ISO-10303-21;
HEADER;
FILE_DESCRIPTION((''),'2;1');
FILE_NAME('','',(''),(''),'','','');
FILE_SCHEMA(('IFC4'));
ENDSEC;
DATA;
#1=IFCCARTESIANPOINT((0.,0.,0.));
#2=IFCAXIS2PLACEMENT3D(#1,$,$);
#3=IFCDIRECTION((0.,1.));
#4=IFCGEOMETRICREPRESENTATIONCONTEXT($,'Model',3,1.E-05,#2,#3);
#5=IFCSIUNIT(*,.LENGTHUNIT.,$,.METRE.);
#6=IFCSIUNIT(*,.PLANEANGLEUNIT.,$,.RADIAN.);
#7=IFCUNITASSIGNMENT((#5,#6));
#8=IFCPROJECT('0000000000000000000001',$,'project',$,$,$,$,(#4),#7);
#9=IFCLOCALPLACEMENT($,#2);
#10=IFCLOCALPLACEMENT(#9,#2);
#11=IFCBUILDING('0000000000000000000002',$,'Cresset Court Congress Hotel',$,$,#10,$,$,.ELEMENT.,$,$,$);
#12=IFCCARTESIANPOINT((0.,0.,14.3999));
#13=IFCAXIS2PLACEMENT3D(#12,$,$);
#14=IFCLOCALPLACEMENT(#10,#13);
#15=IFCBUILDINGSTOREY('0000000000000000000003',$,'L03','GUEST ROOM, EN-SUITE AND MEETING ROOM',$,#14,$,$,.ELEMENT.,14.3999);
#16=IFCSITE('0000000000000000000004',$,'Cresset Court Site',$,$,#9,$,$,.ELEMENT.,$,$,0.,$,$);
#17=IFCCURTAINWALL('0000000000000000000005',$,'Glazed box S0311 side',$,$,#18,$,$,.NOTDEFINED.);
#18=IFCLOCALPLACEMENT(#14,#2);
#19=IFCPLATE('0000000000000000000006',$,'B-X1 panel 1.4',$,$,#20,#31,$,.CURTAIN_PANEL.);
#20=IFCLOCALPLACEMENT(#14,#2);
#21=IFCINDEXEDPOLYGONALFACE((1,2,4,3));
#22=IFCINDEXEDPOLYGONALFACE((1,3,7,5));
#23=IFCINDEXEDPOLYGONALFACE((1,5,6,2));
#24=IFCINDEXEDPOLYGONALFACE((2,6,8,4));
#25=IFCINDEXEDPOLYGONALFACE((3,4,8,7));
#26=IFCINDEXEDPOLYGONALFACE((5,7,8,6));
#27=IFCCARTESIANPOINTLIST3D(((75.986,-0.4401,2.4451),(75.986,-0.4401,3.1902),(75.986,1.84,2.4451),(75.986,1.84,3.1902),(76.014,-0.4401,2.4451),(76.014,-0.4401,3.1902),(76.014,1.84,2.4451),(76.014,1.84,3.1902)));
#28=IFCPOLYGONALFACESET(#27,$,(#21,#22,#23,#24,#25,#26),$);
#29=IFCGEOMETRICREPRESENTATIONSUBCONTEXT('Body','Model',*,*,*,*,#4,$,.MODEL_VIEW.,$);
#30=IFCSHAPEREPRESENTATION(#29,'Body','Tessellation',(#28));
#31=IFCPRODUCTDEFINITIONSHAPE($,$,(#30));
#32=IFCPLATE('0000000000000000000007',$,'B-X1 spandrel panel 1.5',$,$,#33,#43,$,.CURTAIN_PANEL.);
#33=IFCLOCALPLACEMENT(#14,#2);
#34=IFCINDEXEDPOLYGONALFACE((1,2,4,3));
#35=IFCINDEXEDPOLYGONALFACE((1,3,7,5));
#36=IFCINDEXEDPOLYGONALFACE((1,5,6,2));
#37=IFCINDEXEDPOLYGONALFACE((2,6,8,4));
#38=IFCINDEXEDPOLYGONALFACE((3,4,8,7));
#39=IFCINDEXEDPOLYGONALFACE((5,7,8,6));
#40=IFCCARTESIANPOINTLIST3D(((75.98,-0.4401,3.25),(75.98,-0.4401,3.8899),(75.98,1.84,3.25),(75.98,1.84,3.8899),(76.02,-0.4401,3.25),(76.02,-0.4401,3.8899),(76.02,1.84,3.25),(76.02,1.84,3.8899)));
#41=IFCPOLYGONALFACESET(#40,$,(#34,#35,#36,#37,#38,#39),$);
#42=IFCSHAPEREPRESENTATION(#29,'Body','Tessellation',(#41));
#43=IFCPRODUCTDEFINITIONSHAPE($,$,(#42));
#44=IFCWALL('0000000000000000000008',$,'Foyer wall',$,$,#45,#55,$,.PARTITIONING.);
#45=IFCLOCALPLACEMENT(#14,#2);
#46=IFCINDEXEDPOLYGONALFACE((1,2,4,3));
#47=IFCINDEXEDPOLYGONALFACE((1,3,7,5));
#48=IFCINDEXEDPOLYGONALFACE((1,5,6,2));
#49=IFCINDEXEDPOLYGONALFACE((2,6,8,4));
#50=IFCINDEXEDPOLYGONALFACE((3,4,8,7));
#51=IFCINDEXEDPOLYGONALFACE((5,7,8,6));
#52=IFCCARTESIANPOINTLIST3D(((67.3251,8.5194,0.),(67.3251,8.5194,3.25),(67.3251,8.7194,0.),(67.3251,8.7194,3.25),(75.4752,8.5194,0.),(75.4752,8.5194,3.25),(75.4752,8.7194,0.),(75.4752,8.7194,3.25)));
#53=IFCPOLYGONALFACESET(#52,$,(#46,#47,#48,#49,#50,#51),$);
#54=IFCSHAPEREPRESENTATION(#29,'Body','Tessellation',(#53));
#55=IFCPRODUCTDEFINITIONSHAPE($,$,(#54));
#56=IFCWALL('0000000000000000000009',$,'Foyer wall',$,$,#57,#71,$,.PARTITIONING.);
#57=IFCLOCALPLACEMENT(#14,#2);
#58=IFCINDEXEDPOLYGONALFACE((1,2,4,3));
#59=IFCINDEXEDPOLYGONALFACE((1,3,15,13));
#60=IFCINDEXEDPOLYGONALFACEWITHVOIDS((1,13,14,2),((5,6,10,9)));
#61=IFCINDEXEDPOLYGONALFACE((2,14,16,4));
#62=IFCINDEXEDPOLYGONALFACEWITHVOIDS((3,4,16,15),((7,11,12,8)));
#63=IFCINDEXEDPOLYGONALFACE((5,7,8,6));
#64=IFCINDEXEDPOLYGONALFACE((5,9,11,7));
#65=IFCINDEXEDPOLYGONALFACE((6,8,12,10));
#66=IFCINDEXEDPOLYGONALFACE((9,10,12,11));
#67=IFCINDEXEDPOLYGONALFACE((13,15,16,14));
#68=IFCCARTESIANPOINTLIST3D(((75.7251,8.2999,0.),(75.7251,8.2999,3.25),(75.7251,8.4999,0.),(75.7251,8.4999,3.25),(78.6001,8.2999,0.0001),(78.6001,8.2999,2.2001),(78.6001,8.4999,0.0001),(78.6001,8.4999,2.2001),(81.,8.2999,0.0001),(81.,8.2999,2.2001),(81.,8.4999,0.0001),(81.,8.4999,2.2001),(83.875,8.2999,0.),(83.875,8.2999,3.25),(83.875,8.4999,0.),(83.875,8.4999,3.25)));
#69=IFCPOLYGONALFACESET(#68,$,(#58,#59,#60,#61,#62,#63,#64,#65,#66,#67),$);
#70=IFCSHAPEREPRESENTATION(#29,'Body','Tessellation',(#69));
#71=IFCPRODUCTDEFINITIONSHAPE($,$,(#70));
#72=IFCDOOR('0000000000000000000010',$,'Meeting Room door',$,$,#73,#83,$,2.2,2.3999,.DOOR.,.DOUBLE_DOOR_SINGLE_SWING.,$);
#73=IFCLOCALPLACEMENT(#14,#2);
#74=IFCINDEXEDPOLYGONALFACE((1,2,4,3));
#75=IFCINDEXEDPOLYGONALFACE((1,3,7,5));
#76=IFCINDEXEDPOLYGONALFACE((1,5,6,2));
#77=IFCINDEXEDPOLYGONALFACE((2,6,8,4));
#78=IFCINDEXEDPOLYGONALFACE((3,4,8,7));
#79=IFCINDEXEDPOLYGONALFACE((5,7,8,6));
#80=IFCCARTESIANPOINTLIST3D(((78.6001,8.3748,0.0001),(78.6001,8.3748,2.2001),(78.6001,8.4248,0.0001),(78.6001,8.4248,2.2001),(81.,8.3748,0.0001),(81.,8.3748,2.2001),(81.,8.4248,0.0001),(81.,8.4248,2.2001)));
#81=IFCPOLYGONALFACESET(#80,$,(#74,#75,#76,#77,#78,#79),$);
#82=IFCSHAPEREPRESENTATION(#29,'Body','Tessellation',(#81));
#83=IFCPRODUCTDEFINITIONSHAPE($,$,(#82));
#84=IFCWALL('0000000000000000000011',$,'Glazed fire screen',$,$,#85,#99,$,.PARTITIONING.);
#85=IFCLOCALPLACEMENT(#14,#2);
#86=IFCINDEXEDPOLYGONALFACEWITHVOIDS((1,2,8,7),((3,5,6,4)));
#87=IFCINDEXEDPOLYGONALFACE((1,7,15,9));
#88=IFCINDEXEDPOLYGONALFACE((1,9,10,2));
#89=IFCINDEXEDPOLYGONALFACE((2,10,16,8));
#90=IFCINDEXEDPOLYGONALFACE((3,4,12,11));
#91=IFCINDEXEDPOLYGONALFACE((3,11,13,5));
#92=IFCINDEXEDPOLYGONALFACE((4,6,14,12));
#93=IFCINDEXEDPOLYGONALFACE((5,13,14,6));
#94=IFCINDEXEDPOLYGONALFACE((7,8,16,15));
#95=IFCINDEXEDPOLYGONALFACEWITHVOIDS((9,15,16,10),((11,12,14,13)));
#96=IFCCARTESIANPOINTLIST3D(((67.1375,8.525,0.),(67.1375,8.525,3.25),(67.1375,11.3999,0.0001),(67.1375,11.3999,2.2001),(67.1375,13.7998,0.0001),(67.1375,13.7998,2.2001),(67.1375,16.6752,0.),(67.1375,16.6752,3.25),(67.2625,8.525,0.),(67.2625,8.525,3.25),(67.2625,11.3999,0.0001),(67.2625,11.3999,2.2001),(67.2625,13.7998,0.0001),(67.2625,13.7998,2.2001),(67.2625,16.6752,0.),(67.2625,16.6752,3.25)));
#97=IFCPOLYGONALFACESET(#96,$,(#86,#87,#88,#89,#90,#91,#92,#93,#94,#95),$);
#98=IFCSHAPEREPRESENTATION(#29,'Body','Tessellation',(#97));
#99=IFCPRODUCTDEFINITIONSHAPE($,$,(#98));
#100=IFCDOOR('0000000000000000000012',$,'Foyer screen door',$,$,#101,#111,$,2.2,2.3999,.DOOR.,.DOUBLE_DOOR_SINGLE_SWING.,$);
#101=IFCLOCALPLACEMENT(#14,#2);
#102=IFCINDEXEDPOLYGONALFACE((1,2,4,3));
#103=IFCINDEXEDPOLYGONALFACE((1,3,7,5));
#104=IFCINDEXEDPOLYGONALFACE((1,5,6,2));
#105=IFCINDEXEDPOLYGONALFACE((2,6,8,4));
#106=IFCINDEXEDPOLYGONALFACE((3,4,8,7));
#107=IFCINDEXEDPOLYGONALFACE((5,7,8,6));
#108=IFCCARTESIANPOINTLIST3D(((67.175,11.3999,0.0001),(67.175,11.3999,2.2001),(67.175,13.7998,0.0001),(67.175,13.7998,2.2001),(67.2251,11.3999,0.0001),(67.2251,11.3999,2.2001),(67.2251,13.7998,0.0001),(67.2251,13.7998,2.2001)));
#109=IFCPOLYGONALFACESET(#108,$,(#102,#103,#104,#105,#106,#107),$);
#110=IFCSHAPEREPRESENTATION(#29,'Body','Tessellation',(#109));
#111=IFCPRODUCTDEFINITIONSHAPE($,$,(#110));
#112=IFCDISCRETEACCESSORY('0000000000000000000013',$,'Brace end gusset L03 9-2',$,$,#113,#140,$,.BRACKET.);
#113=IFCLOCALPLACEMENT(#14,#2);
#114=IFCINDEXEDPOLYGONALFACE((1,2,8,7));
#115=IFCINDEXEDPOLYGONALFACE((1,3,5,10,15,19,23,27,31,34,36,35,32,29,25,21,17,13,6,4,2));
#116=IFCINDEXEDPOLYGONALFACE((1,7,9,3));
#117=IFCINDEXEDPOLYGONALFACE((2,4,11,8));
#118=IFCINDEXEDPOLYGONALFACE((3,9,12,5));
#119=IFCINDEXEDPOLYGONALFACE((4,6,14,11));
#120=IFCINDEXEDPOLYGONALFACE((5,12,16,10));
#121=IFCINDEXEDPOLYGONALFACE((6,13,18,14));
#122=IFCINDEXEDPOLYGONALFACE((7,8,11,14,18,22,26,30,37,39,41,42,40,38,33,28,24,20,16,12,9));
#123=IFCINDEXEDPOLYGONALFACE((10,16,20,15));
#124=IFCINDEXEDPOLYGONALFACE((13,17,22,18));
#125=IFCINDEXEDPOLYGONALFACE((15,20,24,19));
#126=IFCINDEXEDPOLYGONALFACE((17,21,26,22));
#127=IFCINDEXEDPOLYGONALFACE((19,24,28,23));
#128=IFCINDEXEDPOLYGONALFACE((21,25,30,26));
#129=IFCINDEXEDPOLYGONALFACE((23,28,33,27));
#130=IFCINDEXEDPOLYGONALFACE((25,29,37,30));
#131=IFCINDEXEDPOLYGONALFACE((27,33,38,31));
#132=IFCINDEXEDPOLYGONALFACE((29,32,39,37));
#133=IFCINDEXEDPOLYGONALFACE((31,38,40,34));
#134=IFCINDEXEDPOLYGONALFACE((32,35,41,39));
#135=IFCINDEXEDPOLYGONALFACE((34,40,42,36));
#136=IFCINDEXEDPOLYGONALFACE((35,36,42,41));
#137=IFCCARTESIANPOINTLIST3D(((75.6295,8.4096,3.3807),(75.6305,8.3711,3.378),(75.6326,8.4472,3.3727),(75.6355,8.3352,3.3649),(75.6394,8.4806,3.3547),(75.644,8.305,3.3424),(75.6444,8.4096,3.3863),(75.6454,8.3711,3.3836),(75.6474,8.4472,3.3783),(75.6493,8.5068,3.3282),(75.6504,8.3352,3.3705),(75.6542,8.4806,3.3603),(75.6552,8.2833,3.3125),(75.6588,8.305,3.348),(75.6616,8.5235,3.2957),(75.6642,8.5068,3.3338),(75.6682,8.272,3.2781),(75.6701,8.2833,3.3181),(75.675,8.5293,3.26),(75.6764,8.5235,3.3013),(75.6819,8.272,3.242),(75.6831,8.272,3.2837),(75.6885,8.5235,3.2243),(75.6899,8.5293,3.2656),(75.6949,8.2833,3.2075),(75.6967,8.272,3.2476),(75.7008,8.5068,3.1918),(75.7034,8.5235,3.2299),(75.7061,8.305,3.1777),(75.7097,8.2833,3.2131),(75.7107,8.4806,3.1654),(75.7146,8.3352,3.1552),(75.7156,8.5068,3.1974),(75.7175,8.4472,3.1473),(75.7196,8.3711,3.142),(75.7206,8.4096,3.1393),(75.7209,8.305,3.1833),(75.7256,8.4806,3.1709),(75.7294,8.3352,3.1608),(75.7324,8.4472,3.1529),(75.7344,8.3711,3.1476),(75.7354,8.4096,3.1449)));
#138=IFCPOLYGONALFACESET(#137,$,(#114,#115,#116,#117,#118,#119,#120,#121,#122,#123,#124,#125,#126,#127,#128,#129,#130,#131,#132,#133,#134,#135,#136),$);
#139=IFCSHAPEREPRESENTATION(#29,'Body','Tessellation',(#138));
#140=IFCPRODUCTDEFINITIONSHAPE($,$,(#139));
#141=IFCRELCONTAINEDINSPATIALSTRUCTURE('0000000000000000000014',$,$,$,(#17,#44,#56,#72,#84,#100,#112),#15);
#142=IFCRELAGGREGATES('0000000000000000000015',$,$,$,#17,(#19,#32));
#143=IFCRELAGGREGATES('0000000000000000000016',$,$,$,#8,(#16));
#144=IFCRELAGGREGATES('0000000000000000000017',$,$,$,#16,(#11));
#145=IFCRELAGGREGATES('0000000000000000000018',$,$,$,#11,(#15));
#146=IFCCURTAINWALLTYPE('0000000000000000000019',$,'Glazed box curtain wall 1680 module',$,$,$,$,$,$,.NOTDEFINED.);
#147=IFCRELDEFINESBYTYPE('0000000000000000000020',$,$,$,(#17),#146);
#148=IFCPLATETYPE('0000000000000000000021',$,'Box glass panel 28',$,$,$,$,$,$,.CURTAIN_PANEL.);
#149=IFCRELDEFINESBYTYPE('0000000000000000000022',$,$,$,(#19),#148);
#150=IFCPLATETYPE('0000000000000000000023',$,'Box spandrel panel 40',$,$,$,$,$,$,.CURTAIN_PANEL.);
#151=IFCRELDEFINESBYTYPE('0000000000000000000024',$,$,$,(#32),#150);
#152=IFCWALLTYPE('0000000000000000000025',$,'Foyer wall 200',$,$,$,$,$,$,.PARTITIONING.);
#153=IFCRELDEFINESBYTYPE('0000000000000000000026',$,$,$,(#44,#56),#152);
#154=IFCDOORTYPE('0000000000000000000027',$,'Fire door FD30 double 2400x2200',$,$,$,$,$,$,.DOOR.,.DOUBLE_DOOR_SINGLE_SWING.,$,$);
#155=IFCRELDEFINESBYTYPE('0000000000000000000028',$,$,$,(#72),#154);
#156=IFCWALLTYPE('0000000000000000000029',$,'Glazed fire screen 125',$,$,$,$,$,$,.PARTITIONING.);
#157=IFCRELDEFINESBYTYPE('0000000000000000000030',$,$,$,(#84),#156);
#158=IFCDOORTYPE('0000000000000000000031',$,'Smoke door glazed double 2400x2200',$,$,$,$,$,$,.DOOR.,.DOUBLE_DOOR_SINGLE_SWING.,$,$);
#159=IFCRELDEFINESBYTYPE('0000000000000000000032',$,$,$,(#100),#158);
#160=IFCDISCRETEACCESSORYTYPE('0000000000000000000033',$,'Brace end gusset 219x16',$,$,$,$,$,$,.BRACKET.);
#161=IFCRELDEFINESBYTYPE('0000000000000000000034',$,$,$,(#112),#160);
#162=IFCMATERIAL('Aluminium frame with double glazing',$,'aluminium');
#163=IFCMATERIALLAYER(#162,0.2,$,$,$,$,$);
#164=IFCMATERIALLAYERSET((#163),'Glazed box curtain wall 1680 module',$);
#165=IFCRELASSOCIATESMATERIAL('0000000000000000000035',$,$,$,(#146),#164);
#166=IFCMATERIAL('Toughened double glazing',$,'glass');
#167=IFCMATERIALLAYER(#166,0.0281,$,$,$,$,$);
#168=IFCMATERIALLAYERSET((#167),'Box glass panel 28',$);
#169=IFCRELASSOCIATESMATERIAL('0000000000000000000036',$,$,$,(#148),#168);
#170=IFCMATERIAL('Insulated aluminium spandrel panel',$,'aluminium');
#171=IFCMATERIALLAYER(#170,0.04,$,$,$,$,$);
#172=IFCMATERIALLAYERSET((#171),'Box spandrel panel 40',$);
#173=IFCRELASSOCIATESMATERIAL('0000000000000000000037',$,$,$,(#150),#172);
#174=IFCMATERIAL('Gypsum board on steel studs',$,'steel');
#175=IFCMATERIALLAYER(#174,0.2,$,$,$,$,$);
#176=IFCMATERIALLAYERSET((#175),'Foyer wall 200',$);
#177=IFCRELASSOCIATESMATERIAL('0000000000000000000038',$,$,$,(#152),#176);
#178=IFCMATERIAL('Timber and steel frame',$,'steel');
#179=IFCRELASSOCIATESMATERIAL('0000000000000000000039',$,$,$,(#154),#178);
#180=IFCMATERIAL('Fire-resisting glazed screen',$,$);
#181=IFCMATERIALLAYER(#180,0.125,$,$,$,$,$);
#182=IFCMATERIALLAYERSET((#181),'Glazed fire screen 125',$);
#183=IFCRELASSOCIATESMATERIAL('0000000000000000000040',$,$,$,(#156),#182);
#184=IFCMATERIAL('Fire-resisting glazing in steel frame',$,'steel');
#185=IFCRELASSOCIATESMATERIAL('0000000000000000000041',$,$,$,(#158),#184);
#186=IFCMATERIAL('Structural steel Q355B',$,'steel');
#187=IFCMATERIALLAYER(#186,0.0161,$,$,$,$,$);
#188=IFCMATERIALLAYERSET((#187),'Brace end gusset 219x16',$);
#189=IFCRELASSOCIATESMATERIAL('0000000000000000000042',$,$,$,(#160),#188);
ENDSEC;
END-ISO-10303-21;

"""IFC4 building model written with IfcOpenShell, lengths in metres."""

from ifc_helpers import new_model, si_unit, direction, frame, frame_2d, origin, origin_2d, place, context, subcontext, project, spatial, rectangle, circle, extrude, material, layer, layer_set, type_object, element, fill, aggregate, save


model = new_model("IFC4")

# Units and contexts
model_context = context("Model", 3, precision=1e-05, world=origin(), true_north=direction((0.0, 1.0)))
body_context = subcontext(model_context, "Body", "Model", "MODEL_VIEW")
ifc_project = project(units=[si_unit("LENGTHUNIT", "METRE"), si_unit("PLANEANGLEUNIT", "RADIAN")], contexts=[model_context])

# Site, building, storey
site_placement = place(None, origin())
site = spatial("IfcSite", under=ifc_project, at=site_placement, Name="Cresset Court Site", CompositionType="ELEMENT", RefElevation=0.0)
building_placement = place(site_placement, origin())
building = spatial("IfcBuilding", under=site, at=building_placement, Name="Cresset Court Congress Hotel", CompositionType="ELEMENT")
storey_placement = place(building_placement, frame((0.0, 0.0, 14.3999)))
storey = spatial("IfcBuildingStorey", under=building, at=storey_placement, Name="L03", Description="GUEST ROOM, EN-SUITE AND MEETING ROOM", CompositionType="ELEMENT", Elevation=14.3999)

# Curtain wall
ifc_material_1 = material(Name="Aluminium frame with double glazing", Category="aluminium")
ifc_layer_1 = layer(ifc_material_1, 0.2)
ifc_layer_set_1 = layer_set([ifc_layer_1], Name="Glazed box curtain wall 1680 module")
curtain_wall_type = type_object("IfcCurtainWallType", Name="Glazed box curtain wall 1680 module", PredefinedType="NOTDEFINED", material=ifc_layer_set_1)
curtain_wall_1_placement = place(storey_placement, origin())
curtain_wall_1 = element("IfcCurtainWall", 1, at=curtain_wall_1_placement, inside=storey, type_object=curtain_wall_type, Name="Glazed box S0311 side", PredefinedType="NOTDEFINED")

# Plates
ifc_material_2 = material(Name="Toughened double glazing", Category="glass")
ifc_layer_2 = layer(ifc_material_2, 0.0281)
ifc_layer_set_2 = layer_set([ifc_layer_2], Name="Box glass panel 28")
plate_type_1 = type_object("IfcPlateType", Name="Box glass panel 28", PredefinedType="CURTAIN_PANEL", material=ifc_layer_set_2)
plate_1_placement = place(storey_placement, frame((76.0, 0.7, 2.4451), z_axis=(0.0, 0.0, 1.0), x_axis=(0.0, 1.0, 0.0)))
plate_1 = element("IfcPlate", 2, at=plate_1_placement, type_object=plate_type_1, Name="B-X1 panel 1.4", PredefinedType="CURTAIN_PANEL", context=body_context, shape_type="SweptSolid", body=[
    extrude(rectangle(XDim=2.28, YDim=0.0281, at=origin_2d()), origin(), (0.0, 0.0, 1.0), 0.7451),
])
ifc_material_3 = material(Name="Insulated aluminium spandrel panel", Category="aluminium")
ifc_layer_3 = layer(ifc_material_3, 0.04)
ifc_layer_set_3 = layer_set([ifc_layer_3], Name="Box spandrel panel 40")
plate_type_2 = type_object("IfcPlateType", Name="Box spandrel panel 40", PredefinedType="CURTAIN_PANEL", material=ifc_layer_set_3)
plate_2_placement = place(storey_placement, frame((76.0, 0.7, 3.25), z_axis=(0.0, 0.0, 1.0), x_axis=(0.0, 1.0, 0.0)))
plate_2 = element("IfcPlate", 3, at=plate_2_placement, type_object=plate_type_2, Name="B-X1 spandrel panel 1.5", PredefinedType="CURTAIN_PANEL", context=body_context, shape_type="SweptSolid", body=[
    extrude(rectangle(XDim=2.28, YDim=0.04, at=origin_2d()), origin(), (0.0, 0.0, 1.0), 0.6399),
])
aggregate(curtain_wall_1, [plate_1, plate_2])

# Wall
ifc_material_4 = material(Name="Gypsum board on steel studs", Category="steel")
ifc_layer_4 = layer(ifc_material_4, 0.2)
ifc_layer_set_4 = layer_set([ifc_layer_4], Name="Foyer wall 200")
wall_type_1 = type_object("IfcWallType", Name="Foyer wall 200", PredefinedType="PARTITIONING", material=ifc_layer_set_4)
wall_1_placement = place(storey_placement, frame((67.325, 8.6194, 0.0), z_axis=(0.0, 0.0, 1.0), x_axis=(1.0, 0.0, 0.0)))
element("IfcWall", 4, at=wall_1_placement, inside=storey, type_object=wall_type_1, Name="Foyer wall", PredefinedType="PARTITIONING", context=body_context, shape_type="SweptSolid", body=[
    extrude(rectangle(XDim=8.1501, YDim=0.2, at=frame_2d((4.0752, 0.0))), origin(), (0.0, 0.0, 1.0), 3.25),
])

# Walls, openings, doors
wall_2_placement = place(storey_placement, frame((75.7251, 8.3999, 0.0), z_axis=(0.0, 0.0, 1.0), x_axis=(1.0, 0.0, 0.0)))
wall_2 = element("IfcWall", 5, at=wall_2_placement, inside=storey, type_object=wall_type_1, Name="Foyer wall", PredefinedType="PARTITIONING", context=body_context, shape_type="SweptSolid", body=[
    extrude(rectangle(XDim=8.1499, YDim=0.2, at=frame_2d((4.075, 0.0))), origin(), (0.0, 0.0, 1.0), 3.25),
])
opening_1_placement = place(wall_2_placement, frame((2.875, 0.0, 0.0)))
opening_1 = element("IfcOpeningElement", 6, at=opening_1_placement, cuts=wall_2, PredefinedType="OPENING", context=body_context, shape_type="SweptSolid", body=[
    extrude(rectangle(XDim=2.3999, YDim=2.2, at=frame_2d((1.2, 1.1001))), frame((0.0, 0.1099, 0.0), z_axis=(0.0, -1.0, 0.0), x_axis=(1.0, 0.0, 0.0)), (0.0, 0.0, 1.0), 0.22),
])
ifc_material_5 = material(Name="Timber and steel frame", Category="steel")
door_type_1 = type_object("IfcDoorType", Name="Fire door FD30 double 2400x2200", OperationType="DOUBLE_DOOR_SINGLE_SWING", PredefinedType="DOOR", material=ifc_material_5)
door_1_placement = place(opening_1_placement, origin())
door_1 = element("IfcDoor", 7, at=door_1_placement, inside=storey, type_object=door_type_1, Name="Meeting Room door", OperationType="DOUBLE_DOOR_SINGLE_SWING", OverallHeight=2.2, OverallWidth=2.3999, PredefinedType="DOOR", context=body_context, shape_type="SweptSolid", body=[
    extrude(rectangle(XDim=2.3999, YDim=2.2, at=frame_2d((1.2, 1.1001))), frame((0.0, 0.0249, 0.0), z_axis=(0.0, -1.0, 0.0), x_axis=(1.0, 0.0, 0.0)), (0.0, 0.0, 1.0), 0.05),
])
fill(opening_1, door_1)
ifc_material_6 = material(Name="Fire-resisting glazed screen")
ifc_layer_5 = layer(ifc_material_6, 0.125)
ifc_layer_set_5 = layer_set([ifc_layer_5], Name="Glazed fire screen 125")
wall_type_2 = type_object("IfcWallType", Name="Glazed fire screen 125", PredefinedType="PARTITIONING", material=ifc_layer_set_5)
wall_3_placement = place(storey_placement, frame((67.2, 8.5249, 0.0), z_axis=(0.0, 0.0, 1.0), x_axis=(0.0, 1.0, 0.0)))
wall_3 = element("IfcWall", 8, at=wall_3_placement, inside=storey, type_object=wall_type_2, Name="Glazed fire screen", PredefinedType="PARTITIONING", context=body_context, shape_type="SweptSolid", body=[
    extrude(rectangle(XDim=8.1501, YDim=0.125, at=frame_2d((4.0752, 0.0))), origin(), (0.0, 0.0, 1.0), 3.25),
])
opening_2_placement = place(wall_3_placement, frame((2.875, 0.0, 0.0)))
opening_2 = element("IfcOpeningElement", 9, at=opening_2_placement, cuts=wall_3, PredefinedType="OPENING", context=body_context, shape_type="SweptSolid", body=[
    extrude(rectangle(XDim=2.3999, YDim=2.2, at=frame_2d((1.2, 1.1001))), frame((0.0, 0.0725, 0.0), z_axis=(0.0, -1.0, 0.0), x_axis=(1.0, 0.0, 0.0)), (0.0, 0.0, 1.0), 0.145),
])
ifc_material_7 = material(Name="Fire-resisting glazing in steel frame", Category="steel")
door_type_2 = type_object("IfcDoorType", Name="Smoke door glazed double 2400x2200", OperationType="DOUBLE_DOOR_SINGLE_SWING", PredefinedType="DOOR", material=ifc_material_7)
door_2_placement = place(opening_2_placement, origin())
door_2 = element("IfcDoor", 10, at=door_2_placement, inside=storey, type_object=door_type_2, Name="Foyer screen door", OperationType="DOUBLE_DOOR_SINGLE_SWING", OverallHeight=2.2, OverallWidth=2.3999, PredefinedType="DOOR", context=body_context, shape_type="SweptSolid", body=[
    extrude(rectangle(XDim=2.3999, YDim=2.2, at=frame_2d((1.2, 1.1001))), frame((0.0, 0.0249, 0.0), z_axis=(0.0, -1.0, 0.0), x_axis=(1.0, 0.0, 0.0)), (0.0, 0.0, 1.0), 0.05),
])
fill(opening_2, door_2)

# Discrete accessory
ifc_material_8 = material(Name="Structural steel Q355B", Category="steel")
ifc_layer_6 = layer(ifc_material_8, 0.0161)
ifc_layer_set_6 = layer_set([ifc_layer_6], Name="Brace end gusset 219x16")
discrete_accessory_type = type_object("IfcDiscreteAccessoryType", Name="Brace end gusset 219x16", PredefinedType="BRACKET", material=ifc_layer_set_6)
discrete_accessory_placement = place(storey_placement, frame((75.675, 8.3999, 3.26), z_axis=(0.935697, 0.0, 0.352804), x_axis=(0.0, 1.0, 0.0)))
element("IfcDiscreteAccessory", 11, at=discrete_accessory_placement, inside=storey, type_object=discrete_accessory_type, Name="Brace end gusset L03 9-2", PredefinedType="BRACKET", context=body_context, shape_type="SweptSolid", body=[
    extrude(circle(Radius=0.1294, at=origin_2d()), origin(), (0.0, 0.0, 1.0), 0.0159),
])

save(model, "model.ifc")
